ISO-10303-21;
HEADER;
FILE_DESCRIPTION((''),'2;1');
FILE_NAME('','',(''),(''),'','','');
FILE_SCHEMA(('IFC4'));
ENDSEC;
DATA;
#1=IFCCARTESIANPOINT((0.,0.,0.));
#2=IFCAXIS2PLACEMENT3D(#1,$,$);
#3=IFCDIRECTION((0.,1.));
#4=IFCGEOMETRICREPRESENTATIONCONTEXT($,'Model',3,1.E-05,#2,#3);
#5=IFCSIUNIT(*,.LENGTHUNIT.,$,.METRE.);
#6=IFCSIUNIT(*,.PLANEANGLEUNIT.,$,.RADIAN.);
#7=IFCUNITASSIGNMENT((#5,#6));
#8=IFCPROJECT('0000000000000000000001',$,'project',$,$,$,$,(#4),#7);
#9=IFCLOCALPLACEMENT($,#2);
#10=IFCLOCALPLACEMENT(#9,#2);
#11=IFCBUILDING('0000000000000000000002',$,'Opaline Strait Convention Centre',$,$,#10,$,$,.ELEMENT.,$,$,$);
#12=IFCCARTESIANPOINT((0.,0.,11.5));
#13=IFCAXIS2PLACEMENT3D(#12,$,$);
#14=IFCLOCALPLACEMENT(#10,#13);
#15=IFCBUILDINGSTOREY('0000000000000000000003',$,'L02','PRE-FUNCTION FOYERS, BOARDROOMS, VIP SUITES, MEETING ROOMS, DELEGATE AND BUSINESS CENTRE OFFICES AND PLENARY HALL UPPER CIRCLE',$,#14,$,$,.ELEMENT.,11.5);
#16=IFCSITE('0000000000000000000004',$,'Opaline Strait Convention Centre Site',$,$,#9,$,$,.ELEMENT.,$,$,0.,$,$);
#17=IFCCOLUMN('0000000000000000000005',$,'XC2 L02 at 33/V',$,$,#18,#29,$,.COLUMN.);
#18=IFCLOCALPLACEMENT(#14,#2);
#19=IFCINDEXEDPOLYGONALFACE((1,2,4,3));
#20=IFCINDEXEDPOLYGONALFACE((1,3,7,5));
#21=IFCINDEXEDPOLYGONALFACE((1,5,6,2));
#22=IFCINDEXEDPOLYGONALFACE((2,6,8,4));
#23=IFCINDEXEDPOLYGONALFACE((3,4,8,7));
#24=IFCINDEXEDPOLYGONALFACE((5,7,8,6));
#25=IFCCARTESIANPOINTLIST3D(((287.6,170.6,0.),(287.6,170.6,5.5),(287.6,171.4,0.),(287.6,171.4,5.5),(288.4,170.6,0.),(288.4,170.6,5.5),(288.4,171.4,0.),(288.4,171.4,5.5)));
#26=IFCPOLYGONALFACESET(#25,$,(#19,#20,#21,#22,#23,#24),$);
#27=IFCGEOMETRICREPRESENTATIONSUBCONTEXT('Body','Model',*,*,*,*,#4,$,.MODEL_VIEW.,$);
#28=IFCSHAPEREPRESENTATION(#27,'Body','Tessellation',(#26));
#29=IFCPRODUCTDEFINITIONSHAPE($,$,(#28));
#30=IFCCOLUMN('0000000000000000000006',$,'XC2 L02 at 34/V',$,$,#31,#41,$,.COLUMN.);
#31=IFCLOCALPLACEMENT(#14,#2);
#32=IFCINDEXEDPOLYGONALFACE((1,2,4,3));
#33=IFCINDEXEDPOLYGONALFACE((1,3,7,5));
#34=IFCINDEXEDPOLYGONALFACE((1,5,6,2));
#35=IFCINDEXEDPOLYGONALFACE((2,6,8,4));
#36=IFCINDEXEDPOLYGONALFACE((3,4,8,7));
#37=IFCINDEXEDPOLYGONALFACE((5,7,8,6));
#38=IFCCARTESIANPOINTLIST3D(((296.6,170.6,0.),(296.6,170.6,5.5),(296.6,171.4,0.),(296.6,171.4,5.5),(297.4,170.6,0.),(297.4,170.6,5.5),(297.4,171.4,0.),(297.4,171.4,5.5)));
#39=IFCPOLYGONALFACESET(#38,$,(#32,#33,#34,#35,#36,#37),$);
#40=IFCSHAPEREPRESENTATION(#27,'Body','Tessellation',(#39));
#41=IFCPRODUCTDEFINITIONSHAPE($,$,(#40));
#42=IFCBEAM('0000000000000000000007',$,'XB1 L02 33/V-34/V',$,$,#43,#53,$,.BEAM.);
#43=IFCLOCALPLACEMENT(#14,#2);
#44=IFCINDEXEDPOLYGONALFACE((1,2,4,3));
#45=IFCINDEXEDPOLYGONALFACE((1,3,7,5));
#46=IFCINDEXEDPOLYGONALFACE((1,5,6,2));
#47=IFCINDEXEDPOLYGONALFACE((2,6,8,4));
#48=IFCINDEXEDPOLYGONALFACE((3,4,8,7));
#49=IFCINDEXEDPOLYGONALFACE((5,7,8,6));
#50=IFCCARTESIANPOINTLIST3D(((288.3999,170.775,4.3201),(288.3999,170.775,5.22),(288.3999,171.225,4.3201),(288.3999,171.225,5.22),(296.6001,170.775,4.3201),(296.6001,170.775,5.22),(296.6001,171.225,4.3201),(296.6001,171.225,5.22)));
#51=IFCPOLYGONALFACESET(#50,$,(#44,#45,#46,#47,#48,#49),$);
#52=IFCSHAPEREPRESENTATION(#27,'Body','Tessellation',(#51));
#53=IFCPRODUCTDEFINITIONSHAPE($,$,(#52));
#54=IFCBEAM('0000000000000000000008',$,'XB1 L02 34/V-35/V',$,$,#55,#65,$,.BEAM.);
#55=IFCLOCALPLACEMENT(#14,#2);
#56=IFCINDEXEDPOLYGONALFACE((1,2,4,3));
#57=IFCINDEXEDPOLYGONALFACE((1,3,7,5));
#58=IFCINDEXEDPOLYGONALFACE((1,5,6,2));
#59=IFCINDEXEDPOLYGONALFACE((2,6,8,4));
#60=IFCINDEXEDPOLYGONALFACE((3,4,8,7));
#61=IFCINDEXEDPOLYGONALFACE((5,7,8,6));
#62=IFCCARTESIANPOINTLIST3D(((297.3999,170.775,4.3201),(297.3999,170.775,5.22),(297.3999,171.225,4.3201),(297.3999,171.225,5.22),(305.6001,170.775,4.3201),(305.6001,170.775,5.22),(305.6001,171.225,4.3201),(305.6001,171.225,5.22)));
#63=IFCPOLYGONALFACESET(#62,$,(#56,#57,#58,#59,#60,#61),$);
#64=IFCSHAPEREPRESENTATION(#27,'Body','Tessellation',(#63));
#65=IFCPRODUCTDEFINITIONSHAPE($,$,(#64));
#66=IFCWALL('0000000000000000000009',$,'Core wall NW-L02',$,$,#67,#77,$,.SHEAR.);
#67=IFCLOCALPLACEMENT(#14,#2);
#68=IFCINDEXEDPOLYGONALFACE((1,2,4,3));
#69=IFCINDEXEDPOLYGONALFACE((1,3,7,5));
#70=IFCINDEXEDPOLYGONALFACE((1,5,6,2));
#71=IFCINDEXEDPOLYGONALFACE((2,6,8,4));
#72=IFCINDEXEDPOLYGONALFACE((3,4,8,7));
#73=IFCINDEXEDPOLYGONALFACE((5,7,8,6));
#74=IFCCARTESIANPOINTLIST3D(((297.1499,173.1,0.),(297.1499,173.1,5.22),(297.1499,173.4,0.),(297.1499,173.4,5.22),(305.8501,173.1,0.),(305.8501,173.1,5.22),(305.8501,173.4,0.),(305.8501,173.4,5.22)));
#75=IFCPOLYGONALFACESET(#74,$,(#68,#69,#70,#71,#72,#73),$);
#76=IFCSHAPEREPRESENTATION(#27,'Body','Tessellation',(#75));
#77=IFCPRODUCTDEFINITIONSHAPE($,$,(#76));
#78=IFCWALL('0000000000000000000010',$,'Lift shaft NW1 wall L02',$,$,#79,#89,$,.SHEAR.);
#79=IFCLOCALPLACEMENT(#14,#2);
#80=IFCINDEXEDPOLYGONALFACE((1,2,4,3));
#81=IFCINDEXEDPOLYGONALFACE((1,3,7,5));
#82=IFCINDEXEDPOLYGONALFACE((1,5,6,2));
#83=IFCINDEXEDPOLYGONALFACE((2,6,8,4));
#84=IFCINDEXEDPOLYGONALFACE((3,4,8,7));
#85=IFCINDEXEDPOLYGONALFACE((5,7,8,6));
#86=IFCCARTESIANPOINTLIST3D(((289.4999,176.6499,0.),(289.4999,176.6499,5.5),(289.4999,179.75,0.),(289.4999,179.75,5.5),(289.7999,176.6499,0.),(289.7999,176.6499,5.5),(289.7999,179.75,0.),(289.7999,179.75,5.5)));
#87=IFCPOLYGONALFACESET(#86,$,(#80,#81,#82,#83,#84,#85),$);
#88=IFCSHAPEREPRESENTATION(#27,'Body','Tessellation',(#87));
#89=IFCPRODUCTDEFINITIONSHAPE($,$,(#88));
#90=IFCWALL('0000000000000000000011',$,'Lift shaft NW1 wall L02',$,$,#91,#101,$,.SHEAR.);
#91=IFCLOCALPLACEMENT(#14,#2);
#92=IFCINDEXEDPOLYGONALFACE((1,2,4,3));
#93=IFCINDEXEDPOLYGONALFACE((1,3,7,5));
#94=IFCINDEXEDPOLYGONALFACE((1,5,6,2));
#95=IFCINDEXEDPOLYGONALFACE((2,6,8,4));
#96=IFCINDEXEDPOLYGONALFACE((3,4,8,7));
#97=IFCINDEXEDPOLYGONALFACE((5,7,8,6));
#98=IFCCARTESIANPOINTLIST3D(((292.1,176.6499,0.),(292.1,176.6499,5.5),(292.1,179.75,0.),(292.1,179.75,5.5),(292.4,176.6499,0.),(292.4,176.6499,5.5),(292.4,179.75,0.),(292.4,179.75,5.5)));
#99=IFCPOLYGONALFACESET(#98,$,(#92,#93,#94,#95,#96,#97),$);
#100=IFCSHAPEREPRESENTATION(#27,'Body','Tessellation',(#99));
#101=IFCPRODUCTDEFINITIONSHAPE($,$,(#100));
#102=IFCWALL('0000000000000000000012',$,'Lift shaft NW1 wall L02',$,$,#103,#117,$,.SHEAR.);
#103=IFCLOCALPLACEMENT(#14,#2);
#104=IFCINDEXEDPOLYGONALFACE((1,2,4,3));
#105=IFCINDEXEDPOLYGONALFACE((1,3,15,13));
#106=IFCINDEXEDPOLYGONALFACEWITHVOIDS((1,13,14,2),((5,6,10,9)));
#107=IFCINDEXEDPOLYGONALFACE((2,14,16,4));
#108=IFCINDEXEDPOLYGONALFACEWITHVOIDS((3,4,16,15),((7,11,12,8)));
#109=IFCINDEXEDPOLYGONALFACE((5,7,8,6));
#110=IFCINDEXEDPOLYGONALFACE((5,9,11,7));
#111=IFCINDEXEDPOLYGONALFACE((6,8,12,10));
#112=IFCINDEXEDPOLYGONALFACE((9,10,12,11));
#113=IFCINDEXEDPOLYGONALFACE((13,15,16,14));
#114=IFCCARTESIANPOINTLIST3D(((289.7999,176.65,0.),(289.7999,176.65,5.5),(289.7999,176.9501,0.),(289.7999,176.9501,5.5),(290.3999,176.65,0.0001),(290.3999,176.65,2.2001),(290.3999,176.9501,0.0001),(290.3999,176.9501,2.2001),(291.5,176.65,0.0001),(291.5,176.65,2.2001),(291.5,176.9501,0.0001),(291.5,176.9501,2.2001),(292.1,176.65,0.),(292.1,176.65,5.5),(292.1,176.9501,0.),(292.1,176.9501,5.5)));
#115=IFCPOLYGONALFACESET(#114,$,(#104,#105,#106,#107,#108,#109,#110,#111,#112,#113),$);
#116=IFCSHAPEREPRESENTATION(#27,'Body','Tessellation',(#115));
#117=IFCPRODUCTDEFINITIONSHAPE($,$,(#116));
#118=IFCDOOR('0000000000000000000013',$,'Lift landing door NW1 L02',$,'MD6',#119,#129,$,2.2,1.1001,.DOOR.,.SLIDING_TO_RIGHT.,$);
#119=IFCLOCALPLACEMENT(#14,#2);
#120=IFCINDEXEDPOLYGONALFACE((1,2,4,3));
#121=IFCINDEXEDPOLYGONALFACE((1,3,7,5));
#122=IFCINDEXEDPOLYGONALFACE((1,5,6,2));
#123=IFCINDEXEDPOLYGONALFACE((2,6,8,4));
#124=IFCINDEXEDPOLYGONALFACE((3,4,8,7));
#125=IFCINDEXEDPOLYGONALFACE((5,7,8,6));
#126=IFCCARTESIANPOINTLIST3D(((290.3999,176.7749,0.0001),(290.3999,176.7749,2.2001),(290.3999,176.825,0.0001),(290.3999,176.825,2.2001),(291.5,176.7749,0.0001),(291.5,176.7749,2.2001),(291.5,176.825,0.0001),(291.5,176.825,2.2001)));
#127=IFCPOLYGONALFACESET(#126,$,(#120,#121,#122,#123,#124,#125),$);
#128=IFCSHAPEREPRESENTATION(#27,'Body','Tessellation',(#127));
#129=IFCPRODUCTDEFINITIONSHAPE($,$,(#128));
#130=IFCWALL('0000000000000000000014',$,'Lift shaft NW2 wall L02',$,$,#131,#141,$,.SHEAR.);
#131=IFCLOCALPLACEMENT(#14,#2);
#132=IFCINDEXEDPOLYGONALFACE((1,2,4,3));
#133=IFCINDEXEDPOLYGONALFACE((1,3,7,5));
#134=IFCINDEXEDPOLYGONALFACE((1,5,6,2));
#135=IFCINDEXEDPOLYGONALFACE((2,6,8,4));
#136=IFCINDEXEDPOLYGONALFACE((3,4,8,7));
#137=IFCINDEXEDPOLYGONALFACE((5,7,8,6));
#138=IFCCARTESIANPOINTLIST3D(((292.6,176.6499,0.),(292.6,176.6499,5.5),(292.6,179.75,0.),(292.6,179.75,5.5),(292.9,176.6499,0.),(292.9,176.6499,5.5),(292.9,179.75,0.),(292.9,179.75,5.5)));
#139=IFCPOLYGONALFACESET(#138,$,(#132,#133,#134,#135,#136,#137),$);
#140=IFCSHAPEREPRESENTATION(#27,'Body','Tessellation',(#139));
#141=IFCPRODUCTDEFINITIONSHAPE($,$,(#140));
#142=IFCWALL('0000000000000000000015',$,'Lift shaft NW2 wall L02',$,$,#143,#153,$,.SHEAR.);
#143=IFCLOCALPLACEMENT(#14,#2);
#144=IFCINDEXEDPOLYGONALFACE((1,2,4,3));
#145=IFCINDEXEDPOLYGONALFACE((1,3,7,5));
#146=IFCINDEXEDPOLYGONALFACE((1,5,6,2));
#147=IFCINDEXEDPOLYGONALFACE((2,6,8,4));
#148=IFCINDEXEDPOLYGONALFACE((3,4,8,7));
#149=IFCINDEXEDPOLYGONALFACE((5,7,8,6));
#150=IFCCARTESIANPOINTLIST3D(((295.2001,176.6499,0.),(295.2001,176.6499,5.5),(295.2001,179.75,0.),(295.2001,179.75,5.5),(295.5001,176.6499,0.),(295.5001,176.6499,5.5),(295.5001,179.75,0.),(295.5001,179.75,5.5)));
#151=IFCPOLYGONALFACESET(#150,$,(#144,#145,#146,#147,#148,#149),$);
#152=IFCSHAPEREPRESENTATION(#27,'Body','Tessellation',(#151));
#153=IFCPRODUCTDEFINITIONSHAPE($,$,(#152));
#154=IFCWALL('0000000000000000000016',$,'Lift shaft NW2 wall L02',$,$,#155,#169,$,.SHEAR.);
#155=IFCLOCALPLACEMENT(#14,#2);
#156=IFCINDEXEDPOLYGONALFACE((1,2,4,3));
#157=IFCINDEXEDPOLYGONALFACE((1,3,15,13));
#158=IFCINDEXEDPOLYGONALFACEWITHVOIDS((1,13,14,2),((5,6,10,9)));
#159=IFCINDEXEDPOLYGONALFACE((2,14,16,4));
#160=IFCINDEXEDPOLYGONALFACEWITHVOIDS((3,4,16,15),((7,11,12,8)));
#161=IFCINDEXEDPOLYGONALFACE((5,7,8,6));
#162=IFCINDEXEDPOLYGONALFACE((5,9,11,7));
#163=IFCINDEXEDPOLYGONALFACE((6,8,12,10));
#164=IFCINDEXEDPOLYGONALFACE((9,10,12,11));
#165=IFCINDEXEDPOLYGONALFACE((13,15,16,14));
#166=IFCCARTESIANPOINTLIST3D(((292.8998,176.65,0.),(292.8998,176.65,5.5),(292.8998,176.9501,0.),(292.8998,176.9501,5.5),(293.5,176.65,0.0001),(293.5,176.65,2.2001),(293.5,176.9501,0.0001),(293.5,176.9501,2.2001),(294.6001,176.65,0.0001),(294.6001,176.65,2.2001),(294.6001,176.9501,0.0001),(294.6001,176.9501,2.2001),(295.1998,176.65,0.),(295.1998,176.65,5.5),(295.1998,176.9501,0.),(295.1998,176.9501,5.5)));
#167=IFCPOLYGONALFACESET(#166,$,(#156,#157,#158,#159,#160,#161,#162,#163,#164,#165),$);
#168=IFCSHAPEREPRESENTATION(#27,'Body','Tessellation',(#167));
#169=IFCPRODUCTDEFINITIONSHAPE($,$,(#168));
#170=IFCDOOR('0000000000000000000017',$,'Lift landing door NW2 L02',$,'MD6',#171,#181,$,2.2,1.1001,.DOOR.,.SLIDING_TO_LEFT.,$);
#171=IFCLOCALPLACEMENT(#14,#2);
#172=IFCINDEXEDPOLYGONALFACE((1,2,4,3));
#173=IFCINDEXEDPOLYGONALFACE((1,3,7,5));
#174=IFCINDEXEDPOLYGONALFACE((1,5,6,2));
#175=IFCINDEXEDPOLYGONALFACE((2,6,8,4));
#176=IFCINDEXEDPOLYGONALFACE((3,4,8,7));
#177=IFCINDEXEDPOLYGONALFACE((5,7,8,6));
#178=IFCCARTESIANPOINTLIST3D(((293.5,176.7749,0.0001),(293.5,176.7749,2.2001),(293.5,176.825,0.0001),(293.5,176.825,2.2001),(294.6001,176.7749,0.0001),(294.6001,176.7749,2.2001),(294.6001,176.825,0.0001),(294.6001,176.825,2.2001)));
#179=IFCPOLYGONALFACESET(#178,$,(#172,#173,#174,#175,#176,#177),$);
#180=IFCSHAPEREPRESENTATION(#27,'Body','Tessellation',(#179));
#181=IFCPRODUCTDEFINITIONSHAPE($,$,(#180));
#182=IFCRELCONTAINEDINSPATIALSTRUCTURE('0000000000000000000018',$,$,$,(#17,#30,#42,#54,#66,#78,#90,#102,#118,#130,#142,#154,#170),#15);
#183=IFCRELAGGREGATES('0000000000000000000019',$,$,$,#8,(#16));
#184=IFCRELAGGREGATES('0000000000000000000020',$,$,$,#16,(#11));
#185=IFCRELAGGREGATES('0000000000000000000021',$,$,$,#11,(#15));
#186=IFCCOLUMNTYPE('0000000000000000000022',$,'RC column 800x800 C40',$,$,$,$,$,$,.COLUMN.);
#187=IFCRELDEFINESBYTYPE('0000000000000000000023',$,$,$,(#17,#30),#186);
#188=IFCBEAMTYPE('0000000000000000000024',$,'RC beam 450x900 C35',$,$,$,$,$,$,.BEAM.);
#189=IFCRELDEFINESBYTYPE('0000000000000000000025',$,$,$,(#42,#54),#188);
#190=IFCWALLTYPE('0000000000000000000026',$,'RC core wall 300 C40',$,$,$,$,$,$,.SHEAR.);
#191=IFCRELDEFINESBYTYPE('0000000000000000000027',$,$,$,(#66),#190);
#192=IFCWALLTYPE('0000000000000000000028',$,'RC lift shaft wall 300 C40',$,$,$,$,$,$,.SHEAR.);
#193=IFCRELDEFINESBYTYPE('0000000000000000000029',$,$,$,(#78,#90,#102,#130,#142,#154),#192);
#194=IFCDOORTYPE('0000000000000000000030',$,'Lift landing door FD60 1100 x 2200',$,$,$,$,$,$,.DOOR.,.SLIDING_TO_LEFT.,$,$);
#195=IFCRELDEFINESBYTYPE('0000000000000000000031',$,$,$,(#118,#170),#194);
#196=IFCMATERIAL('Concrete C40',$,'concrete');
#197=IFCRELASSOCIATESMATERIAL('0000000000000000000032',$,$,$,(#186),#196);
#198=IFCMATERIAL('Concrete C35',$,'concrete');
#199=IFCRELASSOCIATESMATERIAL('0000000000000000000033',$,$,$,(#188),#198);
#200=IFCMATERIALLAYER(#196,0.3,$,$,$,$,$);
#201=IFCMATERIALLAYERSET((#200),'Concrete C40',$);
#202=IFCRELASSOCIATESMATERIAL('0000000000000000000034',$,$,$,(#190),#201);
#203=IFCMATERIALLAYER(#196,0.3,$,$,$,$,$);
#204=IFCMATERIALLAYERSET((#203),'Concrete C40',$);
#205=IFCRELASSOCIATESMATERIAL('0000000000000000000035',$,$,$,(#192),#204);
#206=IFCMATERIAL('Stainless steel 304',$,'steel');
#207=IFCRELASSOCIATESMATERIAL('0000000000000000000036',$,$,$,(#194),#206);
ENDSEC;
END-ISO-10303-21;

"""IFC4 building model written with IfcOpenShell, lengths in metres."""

from ifc_helpers import new_model, si_unit, direction, frame, frame_2d, origin, origin_2d, place, context, subcontext, project, spatial, rectangle, extrude, material, layer, layer_set, material_profile, profile_set, type_object, element, fill, save


model = new_model("IFC4")

# Units and contexts
model_context = context("Model", 3, precision=1e-05, world=origin(), true_north=direction((0.0, 1.0)))
body_context = subcontext(model_context, "Body", "Model", "MODEL_VIEW")
ifc_project = project(units=[si_unit("LENGTHUNIT", "METRE"), si_unit("PLANEANGLEUNIT", "RADIAN")], contexts=[model_context])

# Site, building, storey
site_placement = place(None, origin())
site = spatial("IfcSite", under=ifc_project, at=site_placement, Name="Opaline Strait Convention Centre Site", CompositionType="ELEMENT", RefElevation=0.0)
building_placement = place(site_placement, origin())
building = spatial("IfcBuilding", under=site, at=building_placement, Name="Opaline Strait Convention Centre", CompositionType="ELEMENT")
storey_placement = place(building_placement, frame((0.0, 0.0, 11.5)))
storey = spatial("IfcBuildingStorey", under=building, at=storey_placement, Name="L02", Description="PRE-FUNCTION FOYERS, BOARDROOMS, VIP SUITES, MEETING ROOMS, DELEGATE AND BUSINESS CENTRE OFFICES AND PLENARY HALL UPPER CIRCLE", CompositionType="ELEMENT", Elevation=11.5)

# Columns
ifc_material_1 = material(Name="Concrete C40", Category="concrete")
ifc_material_profile_1 = material_profile(ifc_material_1, rectangle(XDim=0.8, YDim=0.8, at=origin_2d()), Name="RC 800x800")
ifc_profile_set_1 = profile_set([ifc_material_profile_1], Name="Concrete C40")
column_type = type_object("IfcColumnType", Name="RC column 800x800 C40", PredefinedType="COLUMN", material=ifc_profile_set_1)
for number, where, z_axis, x_axis, name in (
    (1, (288.0, 171.0, 0.0), (0.0, 0.0, 1.0), (1.0, 0.0, 0.0), "XC2 L02 at 33/V"),
    (2, (297.0, 171.0, 0.0), (0.0, 0.0, 1.0), (1.0, 0.0, 0.0), "XC2 L02 at 34/V"),
):
    element("IfcColumn", number, at=place(storey_placement, frame(where, z_axis=z_axis, x_axis=x_axis)), inside=storey, type_object=column_type, Name=name, PredefinedType="COLUMN", context=body_context, shape_type="SweptSolid", body=[
        extrude(rectangle(XDim=0.8, YDim=0.8, at=origin_2d()), origin(), (0.0, 0.0, 1.0), 5.5),
    ])

# Beams
ifc_material_2 = material(Name="Concrete C35", Category="concrete")
ifc_material_profile_2 = material_profile(ifc_material_2, rectangle(XDim=0.45, YDim=0.8999, at=origin_2d()), Name="RC 450x900")
ifc_profile_set_2 = profile_set([ifc_material_profile_2], Name="Concrete C35")
beam_type = type_object("IfcBeamType", Name="RC beam 450x900 C35", PredefinedType="BEAM", material=ifc_profile_set_2)
for number, where, z_axis, x_axis, name in (
    (3, (288.3999, 171.0, 4.77), (1.0, 0.0, 0.0), (0.0, 1.0, 0.0), "XB1 L02 33/V-34/V"),
    (4, (297.3999, 171.0, 4.77), (1.0, 0.0, 0.0), (0.0, 1.0, 0.0), "XB1 L02 34/V-35/V"),
):
    element("IfcBeam", number, at=place(storey_placement, frame(where, z_axis=z_axis, x_axis=x_axis)), inside=storey, type_object=beam_type, Name=name, PredefinedType="BEAM", context=body_context, shape_type="SweptSolid", body=[
        extrude(rectangle(XDim=0.45, YDim=0.8999, at=origin_2d()), origin(), (0.0, 0.0, 1.0), 8.2002),
    ])

# Shared definitions
ifc_layer_1 = layer(ifc_material_1, 0.3)
ifc_layer_set_1 = layer_set([ifc_layer_1], Name="Concrete C40")
wall_type_1 = type_object("IfcWallType", Name="RC core wall 300 C40", PredefinedType="SHEAR", material=ifc_layer_set_1)

# Walls
wall_1_placement = place(storey_placement, frame((297.1499, 173.25, 0.0), z_axis=(0.0, 0.0, 1.0), x_axis=(1.0, 0.0, 0.0)))
element("IfcWall", 5, at=wall_1_placement, inside=storey, type_object=wall_type_1, Name="Core wall NW-L02", PredefinedType="SHEAR", context=body_context, shape_type="SweptSolid", body=[
    extrude(rectangle(XDim=8.7002, YDim=0.3, at=frame_2d((4.3501, 0.0))), origin(), (0.0, 0.0, 1.0), 5.22),
])
ifc_layer_2 = layer(ifc_material_1, 0.3)
ifc_layer_set_2 = layer_set([ifc_layer_2], Name="Concrete C40")
wall_type_2 = type_object("IfcWallType", Name="RC lift shaft wall 300 C40", PredefinedType="SHEAR", material=ifc_layer_set_2)
for number, where, z_axis, x_axis, name in (
    (6, (289.6499, 176.6499, 0.0), (0.0, 0.0, 1.0), (0.0, 1.0, 0.0), "Lift shaft NW1 wall L02"),
    (7, (292.25, 176.6499, 0.0), (0.0, 0.0, 1.0), (0.0, 1.0, 0.0), "Lift shaft NW1 wall L02"),
):
    element("IfcWall", number, at=place(storey_placement, frame(where, z_axis=z_axis, x_axis=x_axis)), inside=storey, type_object=wall_type_2, Name=name, PredefinedType="SHEAR", context=body_context, shape_type="SweptSolid", body=[
        extrude(rectangle(XDim=3.1001, YDim=0.3, at=frame_2d((1.55, 0.0))), origin(), (0.0, 0.0, 1.0), 5.5),
    ])

# Wall, opening, door
wall_2_placement = place(storey_placement, frame((289.8, 176.8, 0.0), z_axis=(0.0, 0.0, 1.0), x_axis=(1.0, 0.0, 0.0)))
wall_2 = element("IfcWall", 8, at=wall_2_placement, inside=storey, type_object=wall_type_2, Name="Lift shaft NW1 wall L02", PredefinedType="SHEAR", context=body_context, shape_type="SweptSolid", body=[
    extrude(rectangle(XDim=2.3, YDim=0.3, at=frame_2d((1.1499, 0.0))), origin(), (0.0, 0.0, 1.0), 5.5),
])
opening_1_placement = place(wall_2_placement, frame((0.5999, 0.0, 0.0)))
opening_1 = element("IfcOpeningElement", 9, at=opening_1_placement, cuts=wall_2, PredefinedType="OPENING", context=body_context, shape_type="SweptSolid", body=[
    extrude(rectangle(XDim=1.1001, YDim=2.2, at=frame_2d((0.55, 1.1001))), frame((0.0, 0.1599, 0.0), z_axis=(0.0, -1.0, 0.0), x_axis=(1.0, 0.0, 0.0)), (0.0, 0.0, 1.0), 0.3201),
])
ifc_material_3 = material(Name="Stainless steel 304", Category="steel")
door_type_1 = type_object("IfcDoorType", Name="Lift landing door FD60 1100 x 2200", OperationType="SLIDING_TO_LEFT", PredefinedType="DOOR", material=ifc_material_3)
door_1_placement = place(opening_1_placement, origin())
door_1 = element("IfcDoor", 10, at=door_1_placement, inside=storey, type_object=door_type_1, Name="Lift landing door NW1 L02", ObjectType="MD6", OperationType="SLIDING_TO_RIGHT", OverallHeight=2.2, OverallWidth=1.1001, PredefinedType="DOOR", context=body_context, shape_type="SweptSolid", body=[
    extrude(rectangle(XDim=1.1001, YDim=2.2, at=frame_2d((0.55, 1.1001))), frame((0.0, 0.0249, 0.0), z_axis=(0.0, -1.0, 0.0), x_axis=(1.0, 0.0, 0.0)), (0.0, 0.0, 1.0), 0.05),
])
fill(opening_1, door_1)

# Walls
for number, where, z_axis, x_axis, name in (
    (11, (292.75, 176.6499, 0.0), (0.0, 0.0, 1.0), (0.0, 1.0, 0.0), "Lift shaft NW2 wall L02"),
    (12, (295.3501, 176.6499, 0.0), (0.0, 0.0, 1.0), (0.0, 1.0, 0.0), "Lift shaft NW2 wall L02"),
):
    element("IfcWall", number, at=place(storey_placement, frame(where, z_axis=z_axis, x_axis=x_axis)), inside=storey, type_object=wall_type_2, Name=name, PredefinedType="SHEAR", context=body_context, shape_type="SweptSolid", body=[
        extrude(rectangle(XDim=3.1001, YDim=0.3, at=frame_2d((1.55, 0.0))), origin(), (0.0, 0.0, 1.0), 5.5),
    ])

# Wall, opening, door
wall_3_placement = place(storey_placement, frame((292.8999, 176.8, 0.0), z_axis=(0.0, 0.0, 1.0), x_axis=(1.0, 0.0, 0.0)))
wall_3 = element("IfcWall", 13, at=wall_3_placement, inside=storey, type_object=wall_type_2, Name="Lift shaft NW2 wall L02", PredefinedType="SHEAR", context=body_context, shape_type="SweptSolid", body=[
    extrude(rectangle(XDim=2.3, YDim=0.3, at=frame_2d((1.1499, 0.0))), origin(), (0.0, 0.0, 1.0), 5.5),
])
opening_2_placement = place(wall_3_placement, frame((0.6001, 0.0, 0.0)))
opening_2 = element("IfcOpeningElement", 14, at=opening_2_placement, cuts=wall_3, PredefinedType="OPENING", context=body_context, shape_type="SweptSolid", body=[
    extrude(rectangle(XDim=1.1001, YDim=2.2, at=frame_2d((0.55, 1.1001))), frame((0.0, 0.1599, 0.0), z_axis=(0.0, -1.0, 0.0), x_axis=(1.0, 0.0, 0.0)), (0.0, 0.0, 1.0), 0.3201),
])
door_2_placement = place(opening_2_placement, origin())
door_2 = element("IfcDoor", 15, at=door_2_placement, inside=storey, type_object=door_type_1, Name="Lift landing door NW2 L02", ObjectType="MD6", OperationType="SLIDING_TO_LEFT", OverallHeight=2.2, OverallWidth=1.1001, PredefinedType="DOOR", context=body_context, shape_type="SweptSolid", body=[
    extrude(rectangle(XDim=1.1001, YDim=2.2, at=frame_2d((0.55, 1.1001))), frame((0.0, 0.0249, 0.0), z_axis=(0.0, -1.0, 0.0), x_axis=(1.0, 0.0, 0.0)), (0.0, 0.0, 1.0), 0.05),
])
fill(opening_2, door_2)

save(model, "model.ifc")
